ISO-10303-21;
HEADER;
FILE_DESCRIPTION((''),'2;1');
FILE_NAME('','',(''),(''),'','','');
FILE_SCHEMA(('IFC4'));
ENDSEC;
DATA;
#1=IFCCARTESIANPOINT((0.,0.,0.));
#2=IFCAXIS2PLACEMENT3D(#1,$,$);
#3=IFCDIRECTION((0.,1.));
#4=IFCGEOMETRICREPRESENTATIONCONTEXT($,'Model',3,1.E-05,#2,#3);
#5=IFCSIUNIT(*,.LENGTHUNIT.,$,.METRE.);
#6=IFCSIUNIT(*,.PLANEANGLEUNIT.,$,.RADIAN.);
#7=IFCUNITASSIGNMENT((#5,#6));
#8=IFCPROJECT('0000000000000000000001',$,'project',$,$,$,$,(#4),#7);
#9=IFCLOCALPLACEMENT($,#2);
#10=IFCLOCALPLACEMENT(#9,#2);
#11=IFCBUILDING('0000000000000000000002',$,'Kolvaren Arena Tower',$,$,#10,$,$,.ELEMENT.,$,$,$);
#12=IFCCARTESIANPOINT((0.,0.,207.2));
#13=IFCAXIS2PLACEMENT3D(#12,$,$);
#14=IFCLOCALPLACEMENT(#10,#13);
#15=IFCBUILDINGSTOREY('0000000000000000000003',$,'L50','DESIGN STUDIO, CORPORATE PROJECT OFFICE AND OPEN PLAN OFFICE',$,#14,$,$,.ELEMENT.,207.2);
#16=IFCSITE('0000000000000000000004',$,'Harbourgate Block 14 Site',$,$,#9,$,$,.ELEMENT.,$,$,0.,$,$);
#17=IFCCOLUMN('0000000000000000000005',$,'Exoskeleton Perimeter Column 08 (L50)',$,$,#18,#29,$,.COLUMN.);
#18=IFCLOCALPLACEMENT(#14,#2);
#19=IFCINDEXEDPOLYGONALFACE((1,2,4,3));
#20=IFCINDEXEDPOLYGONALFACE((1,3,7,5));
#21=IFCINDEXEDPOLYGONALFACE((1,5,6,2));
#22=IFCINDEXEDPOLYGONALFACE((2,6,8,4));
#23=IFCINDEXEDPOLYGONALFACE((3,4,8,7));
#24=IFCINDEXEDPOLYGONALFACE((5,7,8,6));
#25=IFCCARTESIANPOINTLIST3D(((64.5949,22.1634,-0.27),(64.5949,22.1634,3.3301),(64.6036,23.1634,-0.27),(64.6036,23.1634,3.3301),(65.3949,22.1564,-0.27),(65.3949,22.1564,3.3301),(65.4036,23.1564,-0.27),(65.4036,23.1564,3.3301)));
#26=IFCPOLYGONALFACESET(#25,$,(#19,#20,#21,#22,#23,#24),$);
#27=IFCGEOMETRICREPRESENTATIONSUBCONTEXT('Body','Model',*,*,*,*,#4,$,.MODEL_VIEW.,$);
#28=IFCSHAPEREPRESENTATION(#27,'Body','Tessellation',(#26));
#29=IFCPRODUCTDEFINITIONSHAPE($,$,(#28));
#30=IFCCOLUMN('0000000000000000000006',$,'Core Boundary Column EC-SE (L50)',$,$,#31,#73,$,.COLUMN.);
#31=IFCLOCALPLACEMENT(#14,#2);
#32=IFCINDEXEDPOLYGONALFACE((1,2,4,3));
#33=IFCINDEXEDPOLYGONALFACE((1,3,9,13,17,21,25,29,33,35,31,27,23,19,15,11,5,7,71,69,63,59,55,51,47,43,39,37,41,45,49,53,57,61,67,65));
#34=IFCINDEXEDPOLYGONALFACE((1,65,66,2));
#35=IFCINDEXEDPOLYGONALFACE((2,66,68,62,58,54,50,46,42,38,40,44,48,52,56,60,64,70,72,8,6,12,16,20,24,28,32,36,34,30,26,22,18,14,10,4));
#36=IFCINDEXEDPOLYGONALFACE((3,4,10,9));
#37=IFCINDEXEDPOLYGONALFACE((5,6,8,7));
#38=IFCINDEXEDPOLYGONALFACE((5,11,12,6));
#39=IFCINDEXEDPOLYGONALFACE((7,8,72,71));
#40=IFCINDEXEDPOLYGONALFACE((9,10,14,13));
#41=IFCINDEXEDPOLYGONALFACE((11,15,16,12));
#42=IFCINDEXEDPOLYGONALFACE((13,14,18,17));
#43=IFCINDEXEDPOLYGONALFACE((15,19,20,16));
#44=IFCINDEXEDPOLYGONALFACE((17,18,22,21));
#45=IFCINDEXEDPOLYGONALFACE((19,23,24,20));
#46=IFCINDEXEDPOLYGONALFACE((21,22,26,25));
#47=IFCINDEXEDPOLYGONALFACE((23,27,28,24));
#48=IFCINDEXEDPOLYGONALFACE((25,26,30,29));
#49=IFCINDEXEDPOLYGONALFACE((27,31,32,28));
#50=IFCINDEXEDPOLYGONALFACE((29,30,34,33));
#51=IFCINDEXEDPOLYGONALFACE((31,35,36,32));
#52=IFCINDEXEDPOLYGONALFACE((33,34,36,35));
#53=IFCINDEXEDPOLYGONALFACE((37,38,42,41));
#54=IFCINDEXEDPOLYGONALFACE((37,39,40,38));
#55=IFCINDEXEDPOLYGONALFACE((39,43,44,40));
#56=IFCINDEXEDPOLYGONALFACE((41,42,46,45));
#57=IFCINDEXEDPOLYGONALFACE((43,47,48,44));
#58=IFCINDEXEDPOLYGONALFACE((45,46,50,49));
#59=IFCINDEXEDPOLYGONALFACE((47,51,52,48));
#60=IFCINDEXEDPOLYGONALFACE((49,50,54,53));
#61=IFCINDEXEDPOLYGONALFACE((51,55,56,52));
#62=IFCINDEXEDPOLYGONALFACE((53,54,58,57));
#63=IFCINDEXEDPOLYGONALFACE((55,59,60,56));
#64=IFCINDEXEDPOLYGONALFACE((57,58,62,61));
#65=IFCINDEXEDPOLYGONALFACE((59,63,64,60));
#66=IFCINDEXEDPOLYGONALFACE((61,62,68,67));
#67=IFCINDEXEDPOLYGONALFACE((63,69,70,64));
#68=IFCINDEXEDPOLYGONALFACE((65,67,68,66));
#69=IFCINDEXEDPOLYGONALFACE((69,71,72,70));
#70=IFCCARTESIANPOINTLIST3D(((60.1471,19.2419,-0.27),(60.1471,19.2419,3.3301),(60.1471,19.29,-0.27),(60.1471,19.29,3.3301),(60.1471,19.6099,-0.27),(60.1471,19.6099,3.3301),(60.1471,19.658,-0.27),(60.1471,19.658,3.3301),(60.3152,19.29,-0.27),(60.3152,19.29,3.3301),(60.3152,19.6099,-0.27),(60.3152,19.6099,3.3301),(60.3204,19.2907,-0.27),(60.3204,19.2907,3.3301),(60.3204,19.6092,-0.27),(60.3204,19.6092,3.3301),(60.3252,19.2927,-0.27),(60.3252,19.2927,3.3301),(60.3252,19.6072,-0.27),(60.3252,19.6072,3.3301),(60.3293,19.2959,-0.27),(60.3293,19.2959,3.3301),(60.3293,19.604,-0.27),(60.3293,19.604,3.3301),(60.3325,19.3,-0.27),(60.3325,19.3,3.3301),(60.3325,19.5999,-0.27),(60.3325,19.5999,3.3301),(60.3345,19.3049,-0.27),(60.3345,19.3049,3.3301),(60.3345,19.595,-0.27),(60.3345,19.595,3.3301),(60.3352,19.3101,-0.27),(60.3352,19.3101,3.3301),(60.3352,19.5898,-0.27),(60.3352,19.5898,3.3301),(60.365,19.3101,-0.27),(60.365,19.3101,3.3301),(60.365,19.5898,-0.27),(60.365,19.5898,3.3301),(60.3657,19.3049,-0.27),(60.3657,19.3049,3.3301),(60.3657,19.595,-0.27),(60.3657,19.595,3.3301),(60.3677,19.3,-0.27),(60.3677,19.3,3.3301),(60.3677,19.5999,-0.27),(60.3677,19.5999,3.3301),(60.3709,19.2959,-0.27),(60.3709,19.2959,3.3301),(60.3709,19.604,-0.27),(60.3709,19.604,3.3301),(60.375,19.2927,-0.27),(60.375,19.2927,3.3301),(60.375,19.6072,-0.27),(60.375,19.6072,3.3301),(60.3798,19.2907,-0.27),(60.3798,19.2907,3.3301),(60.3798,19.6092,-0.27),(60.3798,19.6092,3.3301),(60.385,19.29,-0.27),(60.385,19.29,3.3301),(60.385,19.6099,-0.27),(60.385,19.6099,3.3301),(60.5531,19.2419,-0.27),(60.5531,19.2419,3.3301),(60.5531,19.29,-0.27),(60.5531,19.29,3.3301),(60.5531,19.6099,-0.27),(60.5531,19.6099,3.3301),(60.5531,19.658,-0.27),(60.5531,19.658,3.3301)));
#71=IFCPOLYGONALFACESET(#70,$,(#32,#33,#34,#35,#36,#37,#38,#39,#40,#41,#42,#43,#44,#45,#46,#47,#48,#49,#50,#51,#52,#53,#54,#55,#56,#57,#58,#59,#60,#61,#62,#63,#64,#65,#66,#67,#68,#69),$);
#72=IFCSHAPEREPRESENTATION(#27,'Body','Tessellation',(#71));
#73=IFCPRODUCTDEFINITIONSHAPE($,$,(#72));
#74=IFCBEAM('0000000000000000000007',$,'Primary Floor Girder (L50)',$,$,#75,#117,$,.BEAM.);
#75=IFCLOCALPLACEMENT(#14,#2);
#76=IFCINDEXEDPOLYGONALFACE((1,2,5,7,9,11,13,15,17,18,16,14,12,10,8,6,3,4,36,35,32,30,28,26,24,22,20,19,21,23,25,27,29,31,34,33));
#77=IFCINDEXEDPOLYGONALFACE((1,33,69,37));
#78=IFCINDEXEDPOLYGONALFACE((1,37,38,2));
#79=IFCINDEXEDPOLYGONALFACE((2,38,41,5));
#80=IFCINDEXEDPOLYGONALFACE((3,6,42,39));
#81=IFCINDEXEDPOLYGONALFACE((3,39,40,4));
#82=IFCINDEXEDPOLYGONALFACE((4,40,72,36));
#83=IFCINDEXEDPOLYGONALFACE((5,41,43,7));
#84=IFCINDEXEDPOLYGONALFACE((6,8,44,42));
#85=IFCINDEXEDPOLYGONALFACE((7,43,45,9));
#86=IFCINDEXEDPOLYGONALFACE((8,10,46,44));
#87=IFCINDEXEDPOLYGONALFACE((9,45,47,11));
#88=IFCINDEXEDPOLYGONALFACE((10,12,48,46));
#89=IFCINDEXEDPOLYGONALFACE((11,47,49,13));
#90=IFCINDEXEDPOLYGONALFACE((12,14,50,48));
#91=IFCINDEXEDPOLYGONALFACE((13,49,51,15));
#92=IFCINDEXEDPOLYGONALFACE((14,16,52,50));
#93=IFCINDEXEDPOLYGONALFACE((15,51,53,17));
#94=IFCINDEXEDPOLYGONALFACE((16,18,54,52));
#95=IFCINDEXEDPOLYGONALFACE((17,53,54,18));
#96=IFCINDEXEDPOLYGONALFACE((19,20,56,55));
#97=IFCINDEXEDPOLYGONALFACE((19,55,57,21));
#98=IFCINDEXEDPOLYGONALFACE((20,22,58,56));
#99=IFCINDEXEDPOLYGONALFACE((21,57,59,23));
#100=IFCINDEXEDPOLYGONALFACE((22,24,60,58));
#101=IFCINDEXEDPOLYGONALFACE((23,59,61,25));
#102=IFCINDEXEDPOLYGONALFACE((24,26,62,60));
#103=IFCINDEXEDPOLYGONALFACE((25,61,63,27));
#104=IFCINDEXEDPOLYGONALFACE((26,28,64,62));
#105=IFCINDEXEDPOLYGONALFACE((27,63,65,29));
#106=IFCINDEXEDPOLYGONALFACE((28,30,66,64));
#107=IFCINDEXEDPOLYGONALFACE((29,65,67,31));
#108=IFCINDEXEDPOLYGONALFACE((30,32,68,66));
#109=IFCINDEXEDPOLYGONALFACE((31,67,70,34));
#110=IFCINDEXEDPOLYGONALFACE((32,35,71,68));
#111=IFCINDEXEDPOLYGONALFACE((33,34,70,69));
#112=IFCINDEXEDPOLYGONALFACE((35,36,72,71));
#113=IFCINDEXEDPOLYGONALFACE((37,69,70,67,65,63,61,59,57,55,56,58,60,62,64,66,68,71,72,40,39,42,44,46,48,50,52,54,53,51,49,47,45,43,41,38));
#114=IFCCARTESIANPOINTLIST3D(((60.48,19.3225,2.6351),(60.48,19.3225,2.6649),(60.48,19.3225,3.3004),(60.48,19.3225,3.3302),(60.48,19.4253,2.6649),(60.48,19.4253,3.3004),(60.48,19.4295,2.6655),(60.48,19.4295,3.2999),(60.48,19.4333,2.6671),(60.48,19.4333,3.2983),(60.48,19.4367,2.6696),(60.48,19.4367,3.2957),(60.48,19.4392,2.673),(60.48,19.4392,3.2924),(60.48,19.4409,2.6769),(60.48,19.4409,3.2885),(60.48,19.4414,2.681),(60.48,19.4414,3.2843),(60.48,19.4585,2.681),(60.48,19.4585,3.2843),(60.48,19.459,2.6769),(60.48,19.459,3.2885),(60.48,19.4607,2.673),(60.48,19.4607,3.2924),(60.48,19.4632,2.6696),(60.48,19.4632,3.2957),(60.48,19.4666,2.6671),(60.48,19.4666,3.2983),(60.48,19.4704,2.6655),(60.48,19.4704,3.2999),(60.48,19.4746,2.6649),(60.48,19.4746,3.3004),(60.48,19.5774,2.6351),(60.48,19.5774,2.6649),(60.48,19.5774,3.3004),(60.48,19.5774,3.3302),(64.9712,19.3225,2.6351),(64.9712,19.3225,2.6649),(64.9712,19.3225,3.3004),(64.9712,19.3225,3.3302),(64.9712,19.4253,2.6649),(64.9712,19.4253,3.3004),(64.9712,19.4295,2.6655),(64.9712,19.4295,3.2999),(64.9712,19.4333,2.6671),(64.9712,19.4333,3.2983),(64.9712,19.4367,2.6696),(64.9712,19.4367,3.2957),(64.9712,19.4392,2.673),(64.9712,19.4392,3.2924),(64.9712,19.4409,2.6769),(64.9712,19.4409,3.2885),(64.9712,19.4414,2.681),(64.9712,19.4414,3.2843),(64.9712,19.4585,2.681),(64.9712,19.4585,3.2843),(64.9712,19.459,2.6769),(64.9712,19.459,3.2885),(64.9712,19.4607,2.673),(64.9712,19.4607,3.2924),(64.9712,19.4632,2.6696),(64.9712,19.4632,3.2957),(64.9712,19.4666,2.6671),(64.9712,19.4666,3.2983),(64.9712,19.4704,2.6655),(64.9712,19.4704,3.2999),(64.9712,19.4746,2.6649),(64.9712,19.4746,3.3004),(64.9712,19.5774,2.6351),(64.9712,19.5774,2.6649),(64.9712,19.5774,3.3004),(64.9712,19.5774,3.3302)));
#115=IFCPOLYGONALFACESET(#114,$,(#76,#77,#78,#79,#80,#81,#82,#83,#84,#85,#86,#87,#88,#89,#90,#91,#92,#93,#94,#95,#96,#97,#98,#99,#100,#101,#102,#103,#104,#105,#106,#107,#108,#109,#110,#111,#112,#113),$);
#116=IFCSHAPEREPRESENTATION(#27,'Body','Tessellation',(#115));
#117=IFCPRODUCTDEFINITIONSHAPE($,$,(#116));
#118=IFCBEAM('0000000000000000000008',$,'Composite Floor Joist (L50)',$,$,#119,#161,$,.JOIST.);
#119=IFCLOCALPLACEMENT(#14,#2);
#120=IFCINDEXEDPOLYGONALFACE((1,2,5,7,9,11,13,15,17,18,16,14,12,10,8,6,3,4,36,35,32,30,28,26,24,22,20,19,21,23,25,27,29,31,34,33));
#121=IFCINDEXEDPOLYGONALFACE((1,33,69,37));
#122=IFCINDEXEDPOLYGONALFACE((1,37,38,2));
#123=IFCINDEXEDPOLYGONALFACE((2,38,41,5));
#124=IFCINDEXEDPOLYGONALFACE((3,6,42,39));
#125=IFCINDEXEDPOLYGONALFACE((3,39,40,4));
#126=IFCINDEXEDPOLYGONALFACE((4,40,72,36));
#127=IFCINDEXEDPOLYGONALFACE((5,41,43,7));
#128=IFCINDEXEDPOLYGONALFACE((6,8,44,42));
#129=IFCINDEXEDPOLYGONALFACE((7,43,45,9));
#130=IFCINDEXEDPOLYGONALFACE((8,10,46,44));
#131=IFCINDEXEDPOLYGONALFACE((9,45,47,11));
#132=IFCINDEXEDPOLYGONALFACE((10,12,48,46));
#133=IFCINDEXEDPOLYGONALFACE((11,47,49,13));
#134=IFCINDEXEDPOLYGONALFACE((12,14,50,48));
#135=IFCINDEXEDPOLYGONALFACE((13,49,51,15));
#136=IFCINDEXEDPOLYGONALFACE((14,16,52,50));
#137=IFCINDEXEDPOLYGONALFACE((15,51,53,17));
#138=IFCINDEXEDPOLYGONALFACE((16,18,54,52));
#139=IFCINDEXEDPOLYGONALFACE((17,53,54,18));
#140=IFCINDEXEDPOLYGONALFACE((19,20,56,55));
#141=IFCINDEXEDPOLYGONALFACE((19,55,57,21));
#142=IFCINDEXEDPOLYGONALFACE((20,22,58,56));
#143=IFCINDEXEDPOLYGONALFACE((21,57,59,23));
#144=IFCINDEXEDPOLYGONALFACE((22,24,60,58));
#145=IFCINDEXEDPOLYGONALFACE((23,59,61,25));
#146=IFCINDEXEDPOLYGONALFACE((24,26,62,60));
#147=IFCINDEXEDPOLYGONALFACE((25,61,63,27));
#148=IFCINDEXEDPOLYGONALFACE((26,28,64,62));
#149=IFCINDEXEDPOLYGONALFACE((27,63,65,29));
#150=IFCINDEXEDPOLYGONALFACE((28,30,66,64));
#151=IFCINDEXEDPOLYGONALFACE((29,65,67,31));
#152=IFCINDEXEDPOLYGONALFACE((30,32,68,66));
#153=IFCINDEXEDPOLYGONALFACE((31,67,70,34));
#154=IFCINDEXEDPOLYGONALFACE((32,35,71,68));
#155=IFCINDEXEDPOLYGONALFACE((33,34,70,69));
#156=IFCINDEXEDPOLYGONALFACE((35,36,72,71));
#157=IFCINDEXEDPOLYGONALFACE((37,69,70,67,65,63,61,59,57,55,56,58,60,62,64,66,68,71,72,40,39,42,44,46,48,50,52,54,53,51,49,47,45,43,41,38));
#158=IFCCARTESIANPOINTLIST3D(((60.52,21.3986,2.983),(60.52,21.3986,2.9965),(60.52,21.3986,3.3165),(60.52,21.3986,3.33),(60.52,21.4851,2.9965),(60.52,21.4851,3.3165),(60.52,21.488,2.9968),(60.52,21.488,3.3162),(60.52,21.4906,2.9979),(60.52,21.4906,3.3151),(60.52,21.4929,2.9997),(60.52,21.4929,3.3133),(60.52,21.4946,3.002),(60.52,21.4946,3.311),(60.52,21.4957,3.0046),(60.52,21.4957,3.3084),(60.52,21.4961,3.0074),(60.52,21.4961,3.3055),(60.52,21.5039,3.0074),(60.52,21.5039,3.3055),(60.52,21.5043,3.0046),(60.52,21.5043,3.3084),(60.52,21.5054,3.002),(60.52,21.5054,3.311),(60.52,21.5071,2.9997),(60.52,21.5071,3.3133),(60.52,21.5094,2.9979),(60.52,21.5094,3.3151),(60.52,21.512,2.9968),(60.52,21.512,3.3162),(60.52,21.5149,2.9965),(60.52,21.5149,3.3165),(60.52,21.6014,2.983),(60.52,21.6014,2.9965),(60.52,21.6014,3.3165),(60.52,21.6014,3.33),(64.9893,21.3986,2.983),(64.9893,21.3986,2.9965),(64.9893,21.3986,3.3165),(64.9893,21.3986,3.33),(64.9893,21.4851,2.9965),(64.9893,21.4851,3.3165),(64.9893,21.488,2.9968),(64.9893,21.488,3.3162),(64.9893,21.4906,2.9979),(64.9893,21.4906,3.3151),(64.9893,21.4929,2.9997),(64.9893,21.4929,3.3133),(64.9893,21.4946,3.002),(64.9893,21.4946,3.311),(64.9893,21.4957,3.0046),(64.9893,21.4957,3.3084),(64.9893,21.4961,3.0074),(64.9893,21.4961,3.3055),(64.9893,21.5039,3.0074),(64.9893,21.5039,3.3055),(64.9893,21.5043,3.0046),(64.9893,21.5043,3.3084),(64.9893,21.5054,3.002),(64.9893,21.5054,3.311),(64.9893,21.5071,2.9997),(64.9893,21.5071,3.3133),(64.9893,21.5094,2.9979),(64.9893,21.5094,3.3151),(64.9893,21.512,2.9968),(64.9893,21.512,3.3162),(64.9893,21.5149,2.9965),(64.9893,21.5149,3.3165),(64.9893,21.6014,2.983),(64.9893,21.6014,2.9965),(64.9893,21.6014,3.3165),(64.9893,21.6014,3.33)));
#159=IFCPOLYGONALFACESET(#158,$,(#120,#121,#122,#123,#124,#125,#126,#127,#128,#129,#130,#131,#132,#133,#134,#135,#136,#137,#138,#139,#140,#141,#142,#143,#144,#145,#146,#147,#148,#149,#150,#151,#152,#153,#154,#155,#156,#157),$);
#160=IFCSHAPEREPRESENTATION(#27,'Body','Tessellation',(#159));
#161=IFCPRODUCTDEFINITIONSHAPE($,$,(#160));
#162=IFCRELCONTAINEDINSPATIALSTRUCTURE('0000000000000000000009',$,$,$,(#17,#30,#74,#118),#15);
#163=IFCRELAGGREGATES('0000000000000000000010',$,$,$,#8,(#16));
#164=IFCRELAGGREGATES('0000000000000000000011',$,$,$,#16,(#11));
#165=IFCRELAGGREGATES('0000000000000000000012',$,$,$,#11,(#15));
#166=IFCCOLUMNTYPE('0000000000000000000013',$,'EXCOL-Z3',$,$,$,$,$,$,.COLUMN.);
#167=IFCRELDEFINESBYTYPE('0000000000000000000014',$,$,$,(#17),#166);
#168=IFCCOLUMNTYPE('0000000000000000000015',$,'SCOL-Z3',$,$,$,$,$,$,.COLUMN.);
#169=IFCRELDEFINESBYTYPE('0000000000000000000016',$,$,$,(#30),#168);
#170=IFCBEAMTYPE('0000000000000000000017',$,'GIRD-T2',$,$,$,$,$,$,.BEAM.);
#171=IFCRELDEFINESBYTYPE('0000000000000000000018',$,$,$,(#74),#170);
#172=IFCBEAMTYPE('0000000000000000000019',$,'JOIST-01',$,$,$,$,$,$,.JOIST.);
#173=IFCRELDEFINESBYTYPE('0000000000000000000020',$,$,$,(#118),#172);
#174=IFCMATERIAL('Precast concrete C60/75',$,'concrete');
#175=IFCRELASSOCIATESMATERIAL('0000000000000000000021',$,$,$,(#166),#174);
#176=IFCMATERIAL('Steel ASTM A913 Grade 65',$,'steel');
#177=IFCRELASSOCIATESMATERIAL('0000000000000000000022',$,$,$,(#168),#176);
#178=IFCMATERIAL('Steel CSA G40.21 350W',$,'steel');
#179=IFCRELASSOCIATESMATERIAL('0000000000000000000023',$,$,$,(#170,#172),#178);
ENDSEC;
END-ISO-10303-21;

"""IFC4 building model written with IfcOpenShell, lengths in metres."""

from ifc_helpers import new_model, si_unit, direction, frame, origin, origin_2d, place, context, subcontext, project, spatial, rectangle, i_section, extrude, material, material_profile, profile_set, type_object, element, save


model = new_model("IFC4")

# Units and contexts
model_context = context("Model", 3, precision=1e-05, world=origin(), true_north=direction((0.0, 1.0)))
body_context = subcontext(model_context, "Body", "Model", "MODEL_VIEW")
ifc_project = project(units=[si_unit("LENGTHUNIT", "METRE"), si_unit("PLANEANGLEUNIT", "RADIAN")], contexts=[model_context])

# Site, building, storey
site_placement = place(None, origin())
site = spatial("IfcSite", under=ifc_project, at=site_placement, Name="Harbourgate Block 14 Site", CompositionType="ELEMENT", RefElevation=0.0)
building_placement = place(site_placement, origin())
building = spatial("IfcBuilding", under=site, at=building_placement, Name="Kolvaren Arena Tower", CompositionType="ELEMENT")
storey_placement = place(building_placement, frame((0.0, 0.0, 207.2)))
storey = spatial("IfcBuildingStorey", under=building, at=storey_placement, Name="L50", Description="DESIGN STUDIO, CORPORATE PROJECT OFFICE AND OPEN PLAN OFFICE", CompositionType="ELEMENT", Elevation=207.2)

# Columns
ifc_material_1 = material(Name="Precast concrete C60/75", Category="concrete")
ifc_material_profile_1 = material_profile(ifc_material_1, rectangle(XDim=1.0, YDim=0.8, at=origin_2d()), Name="RC-1000x800")
ifc_profile_set_1 = profile_set([ifc_material_profile_1], Name="Precast concrete C60/75")
column_type_1 = type_object("IfcColumnType", Name="EXCOL-Z3", PredefinedType="COLUMN", material=ifc_profile_set_1)
column_1_placement = place(storey_placement, frame((64.9993, 22.6599, -0.27), z_axis=(0.0, 0.0, 1.0), x_axis=(0.008727, 0.999962, 0.0)))
element("IfcColumn", 1, at=column_1_placement, inside=storey, type_object=column_type_1, Name="Exoskeleton Perimeter Column 08 (L50)", PredefinedType="COLUMN", context=body_context, shape_type="SweptSolid", body=[
    extrude(rectangle(XDim=1.0, YDim=0.8, at=origin_2d()), origin(), (0.0, 0.0, 1.0), 3.6001),
])
ifc_material_2 = material(Name="Steel ASTM A913 Grade 65", Category="steel")
ifc_material_profile_2 = material_profile(ifc_material_2, i_section(OverallWidth=0.406, OverallDepth=0.416, WebThickness=0.0298, FlangeThickness=0.0481, FilletRadius=0.02, at=origin_2d()), Name="W360x382")
ifc_profile_set_2 = profile_set([ifc_material_profile_2], Name="Steel ASTM A913 Grade 65")
column_type_2 = type_object("IfcColumnType", Name="SCOL-Z3", PredefinedType="COLUMN", material=ifc_profile_set_2)
column_2_placement = place(storey_placement, frame((60.3501, 19.45, -0.27), z_axis=(0.0, 0.0, 1.0), x_axis=(1.0, 0.0, 0.0)))
element("IfcColumn", 2, at=column_2_placement, inside=storey, type_object=column_type_2, Name="Core Boundary Column EC-SE (L50)", PredefinedType="COLUMN", context=body_context, shape_type="SweptSolid", body=[
    extrude(i_section(OverallWidth=0.406, OverallDepth=0.416, WebThickness=0.0298, FlangeThickness=0.0481, FilletRadius=0.02, at=origin_2d()), origin(), (0.0, 0.0, 1.0), 3.6001),
])

# Beams
ifc_material_3 = material(Name="Steel CSA G40.21 350W", Category="steel")
ifc_material_profile_3 = material_profile(ifc_material_3, i_section(OverallWidth=0.2549, OverallDepth=0.6951, WebThickness=0.0171, FlangeThickness=0.0298, FilletRadius=0.0161, at=origin_2d()), Name="W690x217")
ifc_profile_set_3 = profile_set([ifc_material_profile_3], Name="Steel CSA G40.21 350W")
beam_type_1 = type_object("IfcBeamType", Name="GIRD-T2", PredefinedType="BEAM", material=ifc_profile_set_3)
beam_1_placement = place(storey_placement, frame((60.48, 19.45, 2.9827), z_axis=(1.0, 0.0, 0.0), x_axis=(0.0, 1.0, 0.0)))
element("IfcBeam", 3, at=beam_1_placement, inside=storey, type_object=beam_type_1, Name="Primary Floor Girder (L50)", PredefinedType="BEAM", context=body_context, shape_type="SweptSolid", body=[
    extrude(i_section(OverallWidth=0.2549, OverallDepth=0.6951, WebThickness=0.0171, FlangeThickness=0.0298, FilletRadius=0.0161, at=origin_2d()), origin(), (0.0, 0.0, 1.0), 4.4912),
])
ifc_material_profile_4 = material_profile(ifc_material_3, i_section(OverallWidth=0.2029, OverallDepth=0.3469, WebThickness=0.0078, FlangeThickness=0.0134, FilletRadius=0.011, at=origin_2d()), Name="W360x64")
ifc_profile_set_4 = profile_set([ifc_material_profile_4], Name="Steel CSA G40.21 350W")
beam_type_2 = type_object("IfcBeamType", Name="JOIST-01", PredefinedType="JOIST", material=ifc_profile_set_4)
beam_2_placement = place(storey_placement, frame((60.52, 21.5, 3.1565), z_axis=(1.0, 0.0, 0.0), x_axis=(0.0, 1.0, 0.0)))
element("IfcBeam", 4, at=beam_2_placement, inside=storey, type_object=beam_type_2, Name="Composite Floor Joist (L50)", PredefinedType="JOIST", context=body_context, shape_type="SweptSolid", body=[
    extrude(i_section(OverallWidth=0.2029, OverallDepth=0.3469, WebThickness=0.0078, FlangeThickness=0.0134, FilletRadius=0.011, at=origin_2d()), origin(), (0.0, 0.0, 1.0), 4.4692),
])

save(model, "model.ifc")
